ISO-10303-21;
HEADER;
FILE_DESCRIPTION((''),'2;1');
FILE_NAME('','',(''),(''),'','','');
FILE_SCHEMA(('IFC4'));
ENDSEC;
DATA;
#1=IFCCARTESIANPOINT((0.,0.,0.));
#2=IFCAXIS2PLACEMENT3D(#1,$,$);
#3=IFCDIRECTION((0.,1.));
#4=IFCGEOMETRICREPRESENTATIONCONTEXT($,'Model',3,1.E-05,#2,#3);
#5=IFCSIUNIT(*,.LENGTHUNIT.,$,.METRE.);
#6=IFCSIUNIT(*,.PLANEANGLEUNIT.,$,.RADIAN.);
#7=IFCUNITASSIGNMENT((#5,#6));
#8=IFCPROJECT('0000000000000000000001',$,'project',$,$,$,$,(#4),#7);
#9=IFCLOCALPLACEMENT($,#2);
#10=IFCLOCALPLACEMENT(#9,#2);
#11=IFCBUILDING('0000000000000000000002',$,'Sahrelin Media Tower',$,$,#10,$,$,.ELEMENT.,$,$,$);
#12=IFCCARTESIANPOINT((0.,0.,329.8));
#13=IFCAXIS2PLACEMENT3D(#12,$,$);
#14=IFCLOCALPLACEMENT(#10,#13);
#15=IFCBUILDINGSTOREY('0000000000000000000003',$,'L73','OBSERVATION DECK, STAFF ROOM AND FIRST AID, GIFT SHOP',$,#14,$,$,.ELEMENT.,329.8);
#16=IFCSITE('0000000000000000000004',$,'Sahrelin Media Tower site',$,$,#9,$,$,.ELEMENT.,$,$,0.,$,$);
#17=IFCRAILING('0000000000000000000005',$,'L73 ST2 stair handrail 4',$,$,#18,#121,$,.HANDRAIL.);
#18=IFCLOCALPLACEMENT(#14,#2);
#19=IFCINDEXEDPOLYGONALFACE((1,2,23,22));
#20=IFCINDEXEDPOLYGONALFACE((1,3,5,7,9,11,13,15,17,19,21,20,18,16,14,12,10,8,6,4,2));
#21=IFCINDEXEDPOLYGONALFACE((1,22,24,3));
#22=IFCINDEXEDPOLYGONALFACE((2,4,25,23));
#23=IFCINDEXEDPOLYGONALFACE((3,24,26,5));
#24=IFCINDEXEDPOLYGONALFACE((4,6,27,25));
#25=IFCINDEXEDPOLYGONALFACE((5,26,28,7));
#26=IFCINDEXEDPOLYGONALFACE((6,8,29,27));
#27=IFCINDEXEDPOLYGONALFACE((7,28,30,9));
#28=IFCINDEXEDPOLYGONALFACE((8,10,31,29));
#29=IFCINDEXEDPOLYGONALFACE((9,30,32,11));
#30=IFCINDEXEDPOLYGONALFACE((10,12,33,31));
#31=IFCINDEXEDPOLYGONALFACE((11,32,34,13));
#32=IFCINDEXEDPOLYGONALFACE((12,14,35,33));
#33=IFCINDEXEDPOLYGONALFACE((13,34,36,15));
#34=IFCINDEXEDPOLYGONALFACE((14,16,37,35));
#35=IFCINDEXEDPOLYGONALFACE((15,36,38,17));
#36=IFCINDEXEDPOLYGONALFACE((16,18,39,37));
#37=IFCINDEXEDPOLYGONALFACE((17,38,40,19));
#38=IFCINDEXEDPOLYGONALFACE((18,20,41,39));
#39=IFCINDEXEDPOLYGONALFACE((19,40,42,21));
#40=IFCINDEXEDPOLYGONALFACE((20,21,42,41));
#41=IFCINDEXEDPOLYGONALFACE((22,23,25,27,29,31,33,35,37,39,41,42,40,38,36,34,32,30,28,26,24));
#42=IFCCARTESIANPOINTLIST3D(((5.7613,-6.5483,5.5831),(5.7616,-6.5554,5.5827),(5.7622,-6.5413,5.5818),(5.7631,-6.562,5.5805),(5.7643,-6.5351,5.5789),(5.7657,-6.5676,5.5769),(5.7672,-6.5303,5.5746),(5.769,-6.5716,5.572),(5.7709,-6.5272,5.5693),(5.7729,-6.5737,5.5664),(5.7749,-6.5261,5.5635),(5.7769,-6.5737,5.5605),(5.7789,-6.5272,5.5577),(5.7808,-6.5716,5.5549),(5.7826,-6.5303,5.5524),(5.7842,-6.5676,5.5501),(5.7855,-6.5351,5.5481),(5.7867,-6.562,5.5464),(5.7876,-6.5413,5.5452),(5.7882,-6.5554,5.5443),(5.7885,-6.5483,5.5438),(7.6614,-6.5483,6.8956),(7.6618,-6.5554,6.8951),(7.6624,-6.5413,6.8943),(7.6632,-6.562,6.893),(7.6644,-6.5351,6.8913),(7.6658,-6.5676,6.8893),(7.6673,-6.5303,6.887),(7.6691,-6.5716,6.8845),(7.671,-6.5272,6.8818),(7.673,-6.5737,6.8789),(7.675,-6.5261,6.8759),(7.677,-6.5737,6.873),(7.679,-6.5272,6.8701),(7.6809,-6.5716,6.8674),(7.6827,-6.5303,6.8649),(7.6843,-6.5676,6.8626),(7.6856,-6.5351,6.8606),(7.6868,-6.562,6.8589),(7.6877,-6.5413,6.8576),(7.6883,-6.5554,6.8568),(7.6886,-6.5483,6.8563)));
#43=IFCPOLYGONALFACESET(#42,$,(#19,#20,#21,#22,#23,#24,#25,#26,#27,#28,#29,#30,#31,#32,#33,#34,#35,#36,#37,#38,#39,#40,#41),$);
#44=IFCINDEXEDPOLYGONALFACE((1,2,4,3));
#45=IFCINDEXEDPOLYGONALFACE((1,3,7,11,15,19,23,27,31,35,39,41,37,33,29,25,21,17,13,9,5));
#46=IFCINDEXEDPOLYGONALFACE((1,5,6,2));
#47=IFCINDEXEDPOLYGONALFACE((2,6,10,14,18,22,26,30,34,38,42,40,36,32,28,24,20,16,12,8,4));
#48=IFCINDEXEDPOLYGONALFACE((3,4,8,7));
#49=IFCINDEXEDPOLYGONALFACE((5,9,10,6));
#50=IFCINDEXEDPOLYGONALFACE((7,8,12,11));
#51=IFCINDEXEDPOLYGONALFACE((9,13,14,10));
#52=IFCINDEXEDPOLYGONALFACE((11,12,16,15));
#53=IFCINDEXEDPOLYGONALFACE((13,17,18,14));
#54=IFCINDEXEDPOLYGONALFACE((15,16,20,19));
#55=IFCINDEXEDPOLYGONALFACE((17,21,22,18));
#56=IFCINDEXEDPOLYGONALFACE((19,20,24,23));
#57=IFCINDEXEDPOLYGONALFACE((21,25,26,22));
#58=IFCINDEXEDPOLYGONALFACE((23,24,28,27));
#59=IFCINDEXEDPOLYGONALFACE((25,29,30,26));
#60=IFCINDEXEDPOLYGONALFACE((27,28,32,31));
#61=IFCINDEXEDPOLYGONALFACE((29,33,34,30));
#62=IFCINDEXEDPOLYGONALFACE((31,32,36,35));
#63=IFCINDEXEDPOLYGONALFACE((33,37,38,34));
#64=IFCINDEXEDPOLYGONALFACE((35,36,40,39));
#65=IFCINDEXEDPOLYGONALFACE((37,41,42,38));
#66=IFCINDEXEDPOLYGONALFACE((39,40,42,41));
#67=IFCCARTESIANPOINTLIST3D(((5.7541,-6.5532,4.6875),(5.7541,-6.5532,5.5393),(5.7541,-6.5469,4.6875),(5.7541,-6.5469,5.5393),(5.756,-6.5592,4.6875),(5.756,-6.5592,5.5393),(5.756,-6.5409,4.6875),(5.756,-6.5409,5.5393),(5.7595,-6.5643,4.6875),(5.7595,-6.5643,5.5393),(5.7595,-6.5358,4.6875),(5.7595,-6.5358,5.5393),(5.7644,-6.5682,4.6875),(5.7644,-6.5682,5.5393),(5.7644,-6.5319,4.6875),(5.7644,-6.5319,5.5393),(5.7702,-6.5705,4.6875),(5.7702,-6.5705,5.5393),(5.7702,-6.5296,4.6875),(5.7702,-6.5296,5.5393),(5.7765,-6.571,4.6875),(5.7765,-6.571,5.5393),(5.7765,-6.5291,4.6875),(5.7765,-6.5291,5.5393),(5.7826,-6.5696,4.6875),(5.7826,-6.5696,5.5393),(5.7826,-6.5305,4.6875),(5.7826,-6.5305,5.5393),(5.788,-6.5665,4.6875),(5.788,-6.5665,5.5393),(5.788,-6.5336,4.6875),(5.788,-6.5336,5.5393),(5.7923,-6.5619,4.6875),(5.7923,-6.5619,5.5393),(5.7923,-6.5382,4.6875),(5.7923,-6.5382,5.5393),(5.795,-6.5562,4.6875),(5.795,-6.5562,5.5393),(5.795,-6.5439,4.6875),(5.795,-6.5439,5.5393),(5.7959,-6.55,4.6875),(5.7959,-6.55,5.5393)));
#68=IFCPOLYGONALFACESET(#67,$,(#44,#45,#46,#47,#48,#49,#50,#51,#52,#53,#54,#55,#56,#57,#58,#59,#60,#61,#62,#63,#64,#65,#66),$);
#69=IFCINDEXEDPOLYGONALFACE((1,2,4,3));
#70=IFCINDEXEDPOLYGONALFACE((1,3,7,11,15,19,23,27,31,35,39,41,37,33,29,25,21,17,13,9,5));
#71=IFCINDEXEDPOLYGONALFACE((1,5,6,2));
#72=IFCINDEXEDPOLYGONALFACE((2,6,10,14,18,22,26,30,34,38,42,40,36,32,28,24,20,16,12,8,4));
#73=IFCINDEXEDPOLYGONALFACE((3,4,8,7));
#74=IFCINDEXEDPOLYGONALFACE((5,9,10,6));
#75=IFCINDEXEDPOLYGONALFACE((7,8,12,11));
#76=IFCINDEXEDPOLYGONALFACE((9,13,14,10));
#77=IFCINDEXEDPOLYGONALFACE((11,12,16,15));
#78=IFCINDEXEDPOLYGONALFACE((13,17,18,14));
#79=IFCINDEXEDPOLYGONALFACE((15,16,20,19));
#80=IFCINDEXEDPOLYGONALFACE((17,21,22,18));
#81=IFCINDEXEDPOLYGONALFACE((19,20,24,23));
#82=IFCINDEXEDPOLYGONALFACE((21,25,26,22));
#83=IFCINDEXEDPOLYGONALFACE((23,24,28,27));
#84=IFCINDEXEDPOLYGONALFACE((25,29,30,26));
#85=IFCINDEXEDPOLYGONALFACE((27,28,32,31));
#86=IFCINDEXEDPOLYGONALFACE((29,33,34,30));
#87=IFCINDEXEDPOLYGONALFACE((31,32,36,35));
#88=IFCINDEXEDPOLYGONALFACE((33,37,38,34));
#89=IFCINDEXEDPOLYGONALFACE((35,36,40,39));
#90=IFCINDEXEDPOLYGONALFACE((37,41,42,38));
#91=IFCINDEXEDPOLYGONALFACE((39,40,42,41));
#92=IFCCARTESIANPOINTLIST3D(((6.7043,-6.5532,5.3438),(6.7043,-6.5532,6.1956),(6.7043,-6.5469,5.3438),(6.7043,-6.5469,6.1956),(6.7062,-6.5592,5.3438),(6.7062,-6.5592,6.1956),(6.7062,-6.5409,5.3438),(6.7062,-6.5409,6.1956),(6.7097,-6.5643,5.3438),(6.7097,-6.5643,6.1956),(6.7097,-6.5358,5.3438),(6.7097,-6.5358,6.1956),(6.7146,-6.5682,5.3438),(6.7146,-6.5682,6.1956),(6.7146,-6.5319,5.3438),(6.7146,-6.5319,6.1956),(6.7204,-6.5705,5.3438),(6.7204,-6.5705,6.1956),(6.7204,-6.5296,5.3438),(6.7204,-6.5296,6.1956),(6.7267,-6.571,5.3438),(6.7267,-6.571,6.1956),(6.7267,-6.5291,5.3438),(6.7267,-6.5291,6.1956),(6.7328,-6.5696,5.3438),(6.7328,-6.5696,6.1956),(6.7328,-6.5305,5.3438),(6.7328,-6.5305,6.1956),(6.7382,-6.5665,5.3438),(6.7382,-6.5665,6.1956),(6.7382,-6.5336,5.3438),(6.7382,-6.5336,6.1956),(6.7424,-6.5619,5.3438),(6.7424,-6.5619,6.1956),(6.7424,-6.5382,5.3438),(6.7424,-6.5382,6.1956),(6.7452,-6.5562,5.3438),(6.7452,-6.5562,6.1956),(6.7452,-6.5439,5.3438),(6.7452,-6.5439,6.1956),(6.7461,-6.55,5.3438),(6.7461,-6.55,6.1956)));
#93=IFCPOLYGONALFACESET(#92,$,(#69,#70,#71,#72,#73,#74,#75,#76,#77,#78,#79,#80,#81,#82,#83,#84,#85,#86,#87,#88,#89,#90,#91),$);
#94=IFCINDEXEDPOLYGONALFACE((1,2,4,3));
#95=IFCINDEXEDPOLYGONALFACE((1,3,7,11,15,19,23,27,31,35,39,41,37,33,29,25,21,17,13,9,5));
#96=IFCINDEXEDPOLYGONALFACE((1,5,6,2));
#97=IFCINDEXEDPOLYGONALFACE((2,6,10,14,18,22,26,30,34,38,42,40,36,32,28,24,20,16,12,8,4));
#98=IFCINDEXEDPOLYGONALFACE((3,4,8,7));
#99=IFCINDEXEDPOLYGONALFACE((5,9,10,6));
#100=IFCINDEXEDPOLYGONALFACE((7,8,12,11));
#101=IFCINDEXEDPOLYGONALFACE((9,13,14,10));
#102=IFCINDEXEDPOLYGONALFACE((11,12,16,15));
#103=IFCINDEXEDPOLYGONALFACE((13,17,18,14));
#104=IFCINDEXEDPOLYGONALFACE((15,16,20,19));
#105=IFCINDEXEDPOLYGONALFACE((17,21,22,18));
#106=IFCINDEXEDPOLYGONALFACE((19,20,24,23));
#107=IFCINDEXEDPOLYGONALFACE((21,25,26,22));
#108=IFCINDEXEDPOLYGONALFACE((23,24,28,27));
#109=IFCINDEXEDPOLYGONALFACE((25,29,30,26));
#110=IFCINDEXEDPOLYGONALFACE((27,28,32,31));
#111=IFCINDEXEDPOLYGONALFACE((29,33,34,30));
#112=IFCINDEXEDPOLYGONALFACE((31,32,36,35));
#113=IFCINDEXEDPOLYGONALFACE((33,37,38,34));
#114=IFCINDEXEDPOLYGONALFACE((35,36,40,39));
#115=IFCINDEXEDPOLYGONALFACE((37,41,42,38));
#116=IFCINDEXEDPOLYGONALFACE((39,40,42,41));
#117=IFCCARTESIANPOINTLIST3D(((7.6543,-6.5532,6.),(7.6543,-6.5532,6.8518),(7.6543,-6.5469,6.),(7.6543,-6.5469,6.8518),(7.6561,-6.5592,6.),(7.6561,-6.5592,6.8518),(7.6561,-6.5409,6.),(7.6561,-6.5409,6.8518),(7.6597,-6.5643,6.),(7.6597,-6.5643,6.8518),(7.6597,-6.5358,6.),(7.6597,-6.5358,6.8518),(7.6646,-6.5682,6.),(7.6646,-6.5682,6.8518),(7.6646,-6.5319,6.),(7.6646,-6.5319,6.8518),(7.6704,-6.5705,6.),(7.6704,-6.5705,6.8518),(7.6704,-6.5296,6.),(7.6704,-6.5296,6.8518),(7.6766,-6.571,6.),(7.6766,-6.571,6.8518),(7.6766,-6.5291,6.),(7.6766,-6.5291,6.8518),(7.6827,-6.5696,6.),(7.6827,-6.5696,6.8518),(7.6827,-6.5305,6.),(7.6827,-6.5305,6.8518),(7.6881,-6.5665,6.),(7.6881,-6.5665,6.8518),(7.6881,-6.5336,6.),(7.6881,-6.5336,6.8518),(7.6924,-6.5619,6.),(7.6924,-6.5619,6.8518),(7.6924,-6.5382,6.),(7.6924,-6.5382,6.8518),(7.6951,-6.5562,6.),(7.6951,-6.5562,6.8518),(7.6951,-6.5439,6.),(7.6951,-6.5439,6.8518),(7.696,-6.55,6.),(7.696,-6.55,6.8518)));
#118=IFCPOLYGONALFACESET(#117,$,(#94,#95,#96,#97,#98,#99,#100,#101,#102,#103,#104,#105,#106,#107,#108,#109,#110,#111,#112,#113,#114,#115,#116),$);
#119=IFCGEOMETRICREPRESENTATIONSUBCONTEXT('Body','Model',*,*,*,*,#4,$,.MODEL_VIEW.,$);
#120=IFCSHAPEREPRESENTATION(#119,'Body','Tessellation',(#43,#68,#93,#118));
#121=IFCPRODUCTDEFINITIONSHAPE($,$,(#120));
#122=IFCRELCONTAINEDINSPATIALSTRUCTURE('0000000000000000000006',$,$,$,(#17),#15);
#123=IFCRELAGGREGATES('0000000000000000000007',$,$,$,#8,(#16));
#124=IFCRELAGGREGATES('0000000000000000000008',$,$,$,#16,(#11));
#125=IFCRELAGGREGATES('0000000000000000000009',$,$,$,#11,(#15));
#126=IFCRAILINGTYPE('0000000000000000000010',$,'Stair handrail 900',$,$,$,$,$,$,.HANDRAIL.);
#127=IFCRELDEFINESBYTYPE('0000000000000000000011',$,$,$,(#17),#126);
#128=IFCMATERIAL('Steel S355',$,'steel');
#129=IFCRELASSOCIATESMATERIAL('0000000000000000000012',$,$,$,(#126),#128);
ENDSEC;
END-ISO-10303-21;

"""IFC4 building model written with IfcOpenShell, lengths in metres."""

from ifc_helpers import new_model, si_unit, direction, frame, origin, origin_2d, place, context, subcontext, project, spatial, circle, extrude, material, type_object, element, save


model = new_model("IFC4")

# Units and contexts
model_context = context("Model", 3, precision=1e-05, world=origin(), true_north=direction((0.0, 1.0)))
body_context = subcontext(model_context, "Body", "Model", "MODEL_VIEW")
ifc_project = project(units=[si_unit("LENGTHUNIT", "METRE"), si_unit("PLANEANGLEUNIT", "RADIAN")], contexts=[model_context])

# Site, building, storey
site_placement = place(None, origin())
site = spatial("IfcSite", under=ifc_project, at=site_placement, Name="Sahrelin Media Tower site", CompositionType="ELEMENT", RefElevation=0.0)
building_placement = place(site_placement, origin())
building = spatial("IfcBuilding", under=site, at=building_placement, Name="Sahrelin Media Tower", CompositionType="ELEMENT")
storey_placement = place(building_placement, frame((0.0, 0.0, 329.8)))
storey = spatial("IfcBuildingStorey", under=building, at=storey_placement, Name="L73", Description="OBSERVATION DECK, STAFF ROOM AND FIRST AID, GIFT SHOP", CompositionType="ELEMENT", Elevation=329.8)

# Shared definitions
ifc_material_1 = material(Name="Steel S355", Category="steel")

# Railing
railing_type_1 = type_object("IfcRailingType", Name="Stair handrail 900", PredefinedType="HANDRAIL", material=ifc_material_1)
railing_1_placement = place(storey_placement, frame((5.7749, -6.55, 4.6875)))
element("IfcRailing", 1, at=railing_1_placement, inside=storey, type_object=railing_type_1, Name="L73 ST2 stair handrail 4", PredefinedType="HANDRAIL", context=body_context, shape_type="SweptSolid", body=[
    extrude(circle(Radius=0.0239, at=origin_2d()), frame((0.0, 0.0, 0.876), z_axis=(0.822797, 0.0, 0.568336), x_axis=(0.0, 1.0, 0.0)), (0.0, 0.0, 1.0), 2.3093),
    extrude(circle(Radius=0.021, at=origin_2d()), origin(), (0.0, 0.0, 1.0), 0.8518),
    extrude(circle(Radius=0.021, at=origin_2d()), frame((0.9502, 0.0, 0.6562)), (0.0, 0.0, 1.0), 0.8518),
    extrude(circle(Radius=0.021, at=origin_2d()), frame((1.9001, 0.0, 1.3125)), (0.0, 0.0, 1.0), 0.8518),
])

save(model, "model.ifc")
